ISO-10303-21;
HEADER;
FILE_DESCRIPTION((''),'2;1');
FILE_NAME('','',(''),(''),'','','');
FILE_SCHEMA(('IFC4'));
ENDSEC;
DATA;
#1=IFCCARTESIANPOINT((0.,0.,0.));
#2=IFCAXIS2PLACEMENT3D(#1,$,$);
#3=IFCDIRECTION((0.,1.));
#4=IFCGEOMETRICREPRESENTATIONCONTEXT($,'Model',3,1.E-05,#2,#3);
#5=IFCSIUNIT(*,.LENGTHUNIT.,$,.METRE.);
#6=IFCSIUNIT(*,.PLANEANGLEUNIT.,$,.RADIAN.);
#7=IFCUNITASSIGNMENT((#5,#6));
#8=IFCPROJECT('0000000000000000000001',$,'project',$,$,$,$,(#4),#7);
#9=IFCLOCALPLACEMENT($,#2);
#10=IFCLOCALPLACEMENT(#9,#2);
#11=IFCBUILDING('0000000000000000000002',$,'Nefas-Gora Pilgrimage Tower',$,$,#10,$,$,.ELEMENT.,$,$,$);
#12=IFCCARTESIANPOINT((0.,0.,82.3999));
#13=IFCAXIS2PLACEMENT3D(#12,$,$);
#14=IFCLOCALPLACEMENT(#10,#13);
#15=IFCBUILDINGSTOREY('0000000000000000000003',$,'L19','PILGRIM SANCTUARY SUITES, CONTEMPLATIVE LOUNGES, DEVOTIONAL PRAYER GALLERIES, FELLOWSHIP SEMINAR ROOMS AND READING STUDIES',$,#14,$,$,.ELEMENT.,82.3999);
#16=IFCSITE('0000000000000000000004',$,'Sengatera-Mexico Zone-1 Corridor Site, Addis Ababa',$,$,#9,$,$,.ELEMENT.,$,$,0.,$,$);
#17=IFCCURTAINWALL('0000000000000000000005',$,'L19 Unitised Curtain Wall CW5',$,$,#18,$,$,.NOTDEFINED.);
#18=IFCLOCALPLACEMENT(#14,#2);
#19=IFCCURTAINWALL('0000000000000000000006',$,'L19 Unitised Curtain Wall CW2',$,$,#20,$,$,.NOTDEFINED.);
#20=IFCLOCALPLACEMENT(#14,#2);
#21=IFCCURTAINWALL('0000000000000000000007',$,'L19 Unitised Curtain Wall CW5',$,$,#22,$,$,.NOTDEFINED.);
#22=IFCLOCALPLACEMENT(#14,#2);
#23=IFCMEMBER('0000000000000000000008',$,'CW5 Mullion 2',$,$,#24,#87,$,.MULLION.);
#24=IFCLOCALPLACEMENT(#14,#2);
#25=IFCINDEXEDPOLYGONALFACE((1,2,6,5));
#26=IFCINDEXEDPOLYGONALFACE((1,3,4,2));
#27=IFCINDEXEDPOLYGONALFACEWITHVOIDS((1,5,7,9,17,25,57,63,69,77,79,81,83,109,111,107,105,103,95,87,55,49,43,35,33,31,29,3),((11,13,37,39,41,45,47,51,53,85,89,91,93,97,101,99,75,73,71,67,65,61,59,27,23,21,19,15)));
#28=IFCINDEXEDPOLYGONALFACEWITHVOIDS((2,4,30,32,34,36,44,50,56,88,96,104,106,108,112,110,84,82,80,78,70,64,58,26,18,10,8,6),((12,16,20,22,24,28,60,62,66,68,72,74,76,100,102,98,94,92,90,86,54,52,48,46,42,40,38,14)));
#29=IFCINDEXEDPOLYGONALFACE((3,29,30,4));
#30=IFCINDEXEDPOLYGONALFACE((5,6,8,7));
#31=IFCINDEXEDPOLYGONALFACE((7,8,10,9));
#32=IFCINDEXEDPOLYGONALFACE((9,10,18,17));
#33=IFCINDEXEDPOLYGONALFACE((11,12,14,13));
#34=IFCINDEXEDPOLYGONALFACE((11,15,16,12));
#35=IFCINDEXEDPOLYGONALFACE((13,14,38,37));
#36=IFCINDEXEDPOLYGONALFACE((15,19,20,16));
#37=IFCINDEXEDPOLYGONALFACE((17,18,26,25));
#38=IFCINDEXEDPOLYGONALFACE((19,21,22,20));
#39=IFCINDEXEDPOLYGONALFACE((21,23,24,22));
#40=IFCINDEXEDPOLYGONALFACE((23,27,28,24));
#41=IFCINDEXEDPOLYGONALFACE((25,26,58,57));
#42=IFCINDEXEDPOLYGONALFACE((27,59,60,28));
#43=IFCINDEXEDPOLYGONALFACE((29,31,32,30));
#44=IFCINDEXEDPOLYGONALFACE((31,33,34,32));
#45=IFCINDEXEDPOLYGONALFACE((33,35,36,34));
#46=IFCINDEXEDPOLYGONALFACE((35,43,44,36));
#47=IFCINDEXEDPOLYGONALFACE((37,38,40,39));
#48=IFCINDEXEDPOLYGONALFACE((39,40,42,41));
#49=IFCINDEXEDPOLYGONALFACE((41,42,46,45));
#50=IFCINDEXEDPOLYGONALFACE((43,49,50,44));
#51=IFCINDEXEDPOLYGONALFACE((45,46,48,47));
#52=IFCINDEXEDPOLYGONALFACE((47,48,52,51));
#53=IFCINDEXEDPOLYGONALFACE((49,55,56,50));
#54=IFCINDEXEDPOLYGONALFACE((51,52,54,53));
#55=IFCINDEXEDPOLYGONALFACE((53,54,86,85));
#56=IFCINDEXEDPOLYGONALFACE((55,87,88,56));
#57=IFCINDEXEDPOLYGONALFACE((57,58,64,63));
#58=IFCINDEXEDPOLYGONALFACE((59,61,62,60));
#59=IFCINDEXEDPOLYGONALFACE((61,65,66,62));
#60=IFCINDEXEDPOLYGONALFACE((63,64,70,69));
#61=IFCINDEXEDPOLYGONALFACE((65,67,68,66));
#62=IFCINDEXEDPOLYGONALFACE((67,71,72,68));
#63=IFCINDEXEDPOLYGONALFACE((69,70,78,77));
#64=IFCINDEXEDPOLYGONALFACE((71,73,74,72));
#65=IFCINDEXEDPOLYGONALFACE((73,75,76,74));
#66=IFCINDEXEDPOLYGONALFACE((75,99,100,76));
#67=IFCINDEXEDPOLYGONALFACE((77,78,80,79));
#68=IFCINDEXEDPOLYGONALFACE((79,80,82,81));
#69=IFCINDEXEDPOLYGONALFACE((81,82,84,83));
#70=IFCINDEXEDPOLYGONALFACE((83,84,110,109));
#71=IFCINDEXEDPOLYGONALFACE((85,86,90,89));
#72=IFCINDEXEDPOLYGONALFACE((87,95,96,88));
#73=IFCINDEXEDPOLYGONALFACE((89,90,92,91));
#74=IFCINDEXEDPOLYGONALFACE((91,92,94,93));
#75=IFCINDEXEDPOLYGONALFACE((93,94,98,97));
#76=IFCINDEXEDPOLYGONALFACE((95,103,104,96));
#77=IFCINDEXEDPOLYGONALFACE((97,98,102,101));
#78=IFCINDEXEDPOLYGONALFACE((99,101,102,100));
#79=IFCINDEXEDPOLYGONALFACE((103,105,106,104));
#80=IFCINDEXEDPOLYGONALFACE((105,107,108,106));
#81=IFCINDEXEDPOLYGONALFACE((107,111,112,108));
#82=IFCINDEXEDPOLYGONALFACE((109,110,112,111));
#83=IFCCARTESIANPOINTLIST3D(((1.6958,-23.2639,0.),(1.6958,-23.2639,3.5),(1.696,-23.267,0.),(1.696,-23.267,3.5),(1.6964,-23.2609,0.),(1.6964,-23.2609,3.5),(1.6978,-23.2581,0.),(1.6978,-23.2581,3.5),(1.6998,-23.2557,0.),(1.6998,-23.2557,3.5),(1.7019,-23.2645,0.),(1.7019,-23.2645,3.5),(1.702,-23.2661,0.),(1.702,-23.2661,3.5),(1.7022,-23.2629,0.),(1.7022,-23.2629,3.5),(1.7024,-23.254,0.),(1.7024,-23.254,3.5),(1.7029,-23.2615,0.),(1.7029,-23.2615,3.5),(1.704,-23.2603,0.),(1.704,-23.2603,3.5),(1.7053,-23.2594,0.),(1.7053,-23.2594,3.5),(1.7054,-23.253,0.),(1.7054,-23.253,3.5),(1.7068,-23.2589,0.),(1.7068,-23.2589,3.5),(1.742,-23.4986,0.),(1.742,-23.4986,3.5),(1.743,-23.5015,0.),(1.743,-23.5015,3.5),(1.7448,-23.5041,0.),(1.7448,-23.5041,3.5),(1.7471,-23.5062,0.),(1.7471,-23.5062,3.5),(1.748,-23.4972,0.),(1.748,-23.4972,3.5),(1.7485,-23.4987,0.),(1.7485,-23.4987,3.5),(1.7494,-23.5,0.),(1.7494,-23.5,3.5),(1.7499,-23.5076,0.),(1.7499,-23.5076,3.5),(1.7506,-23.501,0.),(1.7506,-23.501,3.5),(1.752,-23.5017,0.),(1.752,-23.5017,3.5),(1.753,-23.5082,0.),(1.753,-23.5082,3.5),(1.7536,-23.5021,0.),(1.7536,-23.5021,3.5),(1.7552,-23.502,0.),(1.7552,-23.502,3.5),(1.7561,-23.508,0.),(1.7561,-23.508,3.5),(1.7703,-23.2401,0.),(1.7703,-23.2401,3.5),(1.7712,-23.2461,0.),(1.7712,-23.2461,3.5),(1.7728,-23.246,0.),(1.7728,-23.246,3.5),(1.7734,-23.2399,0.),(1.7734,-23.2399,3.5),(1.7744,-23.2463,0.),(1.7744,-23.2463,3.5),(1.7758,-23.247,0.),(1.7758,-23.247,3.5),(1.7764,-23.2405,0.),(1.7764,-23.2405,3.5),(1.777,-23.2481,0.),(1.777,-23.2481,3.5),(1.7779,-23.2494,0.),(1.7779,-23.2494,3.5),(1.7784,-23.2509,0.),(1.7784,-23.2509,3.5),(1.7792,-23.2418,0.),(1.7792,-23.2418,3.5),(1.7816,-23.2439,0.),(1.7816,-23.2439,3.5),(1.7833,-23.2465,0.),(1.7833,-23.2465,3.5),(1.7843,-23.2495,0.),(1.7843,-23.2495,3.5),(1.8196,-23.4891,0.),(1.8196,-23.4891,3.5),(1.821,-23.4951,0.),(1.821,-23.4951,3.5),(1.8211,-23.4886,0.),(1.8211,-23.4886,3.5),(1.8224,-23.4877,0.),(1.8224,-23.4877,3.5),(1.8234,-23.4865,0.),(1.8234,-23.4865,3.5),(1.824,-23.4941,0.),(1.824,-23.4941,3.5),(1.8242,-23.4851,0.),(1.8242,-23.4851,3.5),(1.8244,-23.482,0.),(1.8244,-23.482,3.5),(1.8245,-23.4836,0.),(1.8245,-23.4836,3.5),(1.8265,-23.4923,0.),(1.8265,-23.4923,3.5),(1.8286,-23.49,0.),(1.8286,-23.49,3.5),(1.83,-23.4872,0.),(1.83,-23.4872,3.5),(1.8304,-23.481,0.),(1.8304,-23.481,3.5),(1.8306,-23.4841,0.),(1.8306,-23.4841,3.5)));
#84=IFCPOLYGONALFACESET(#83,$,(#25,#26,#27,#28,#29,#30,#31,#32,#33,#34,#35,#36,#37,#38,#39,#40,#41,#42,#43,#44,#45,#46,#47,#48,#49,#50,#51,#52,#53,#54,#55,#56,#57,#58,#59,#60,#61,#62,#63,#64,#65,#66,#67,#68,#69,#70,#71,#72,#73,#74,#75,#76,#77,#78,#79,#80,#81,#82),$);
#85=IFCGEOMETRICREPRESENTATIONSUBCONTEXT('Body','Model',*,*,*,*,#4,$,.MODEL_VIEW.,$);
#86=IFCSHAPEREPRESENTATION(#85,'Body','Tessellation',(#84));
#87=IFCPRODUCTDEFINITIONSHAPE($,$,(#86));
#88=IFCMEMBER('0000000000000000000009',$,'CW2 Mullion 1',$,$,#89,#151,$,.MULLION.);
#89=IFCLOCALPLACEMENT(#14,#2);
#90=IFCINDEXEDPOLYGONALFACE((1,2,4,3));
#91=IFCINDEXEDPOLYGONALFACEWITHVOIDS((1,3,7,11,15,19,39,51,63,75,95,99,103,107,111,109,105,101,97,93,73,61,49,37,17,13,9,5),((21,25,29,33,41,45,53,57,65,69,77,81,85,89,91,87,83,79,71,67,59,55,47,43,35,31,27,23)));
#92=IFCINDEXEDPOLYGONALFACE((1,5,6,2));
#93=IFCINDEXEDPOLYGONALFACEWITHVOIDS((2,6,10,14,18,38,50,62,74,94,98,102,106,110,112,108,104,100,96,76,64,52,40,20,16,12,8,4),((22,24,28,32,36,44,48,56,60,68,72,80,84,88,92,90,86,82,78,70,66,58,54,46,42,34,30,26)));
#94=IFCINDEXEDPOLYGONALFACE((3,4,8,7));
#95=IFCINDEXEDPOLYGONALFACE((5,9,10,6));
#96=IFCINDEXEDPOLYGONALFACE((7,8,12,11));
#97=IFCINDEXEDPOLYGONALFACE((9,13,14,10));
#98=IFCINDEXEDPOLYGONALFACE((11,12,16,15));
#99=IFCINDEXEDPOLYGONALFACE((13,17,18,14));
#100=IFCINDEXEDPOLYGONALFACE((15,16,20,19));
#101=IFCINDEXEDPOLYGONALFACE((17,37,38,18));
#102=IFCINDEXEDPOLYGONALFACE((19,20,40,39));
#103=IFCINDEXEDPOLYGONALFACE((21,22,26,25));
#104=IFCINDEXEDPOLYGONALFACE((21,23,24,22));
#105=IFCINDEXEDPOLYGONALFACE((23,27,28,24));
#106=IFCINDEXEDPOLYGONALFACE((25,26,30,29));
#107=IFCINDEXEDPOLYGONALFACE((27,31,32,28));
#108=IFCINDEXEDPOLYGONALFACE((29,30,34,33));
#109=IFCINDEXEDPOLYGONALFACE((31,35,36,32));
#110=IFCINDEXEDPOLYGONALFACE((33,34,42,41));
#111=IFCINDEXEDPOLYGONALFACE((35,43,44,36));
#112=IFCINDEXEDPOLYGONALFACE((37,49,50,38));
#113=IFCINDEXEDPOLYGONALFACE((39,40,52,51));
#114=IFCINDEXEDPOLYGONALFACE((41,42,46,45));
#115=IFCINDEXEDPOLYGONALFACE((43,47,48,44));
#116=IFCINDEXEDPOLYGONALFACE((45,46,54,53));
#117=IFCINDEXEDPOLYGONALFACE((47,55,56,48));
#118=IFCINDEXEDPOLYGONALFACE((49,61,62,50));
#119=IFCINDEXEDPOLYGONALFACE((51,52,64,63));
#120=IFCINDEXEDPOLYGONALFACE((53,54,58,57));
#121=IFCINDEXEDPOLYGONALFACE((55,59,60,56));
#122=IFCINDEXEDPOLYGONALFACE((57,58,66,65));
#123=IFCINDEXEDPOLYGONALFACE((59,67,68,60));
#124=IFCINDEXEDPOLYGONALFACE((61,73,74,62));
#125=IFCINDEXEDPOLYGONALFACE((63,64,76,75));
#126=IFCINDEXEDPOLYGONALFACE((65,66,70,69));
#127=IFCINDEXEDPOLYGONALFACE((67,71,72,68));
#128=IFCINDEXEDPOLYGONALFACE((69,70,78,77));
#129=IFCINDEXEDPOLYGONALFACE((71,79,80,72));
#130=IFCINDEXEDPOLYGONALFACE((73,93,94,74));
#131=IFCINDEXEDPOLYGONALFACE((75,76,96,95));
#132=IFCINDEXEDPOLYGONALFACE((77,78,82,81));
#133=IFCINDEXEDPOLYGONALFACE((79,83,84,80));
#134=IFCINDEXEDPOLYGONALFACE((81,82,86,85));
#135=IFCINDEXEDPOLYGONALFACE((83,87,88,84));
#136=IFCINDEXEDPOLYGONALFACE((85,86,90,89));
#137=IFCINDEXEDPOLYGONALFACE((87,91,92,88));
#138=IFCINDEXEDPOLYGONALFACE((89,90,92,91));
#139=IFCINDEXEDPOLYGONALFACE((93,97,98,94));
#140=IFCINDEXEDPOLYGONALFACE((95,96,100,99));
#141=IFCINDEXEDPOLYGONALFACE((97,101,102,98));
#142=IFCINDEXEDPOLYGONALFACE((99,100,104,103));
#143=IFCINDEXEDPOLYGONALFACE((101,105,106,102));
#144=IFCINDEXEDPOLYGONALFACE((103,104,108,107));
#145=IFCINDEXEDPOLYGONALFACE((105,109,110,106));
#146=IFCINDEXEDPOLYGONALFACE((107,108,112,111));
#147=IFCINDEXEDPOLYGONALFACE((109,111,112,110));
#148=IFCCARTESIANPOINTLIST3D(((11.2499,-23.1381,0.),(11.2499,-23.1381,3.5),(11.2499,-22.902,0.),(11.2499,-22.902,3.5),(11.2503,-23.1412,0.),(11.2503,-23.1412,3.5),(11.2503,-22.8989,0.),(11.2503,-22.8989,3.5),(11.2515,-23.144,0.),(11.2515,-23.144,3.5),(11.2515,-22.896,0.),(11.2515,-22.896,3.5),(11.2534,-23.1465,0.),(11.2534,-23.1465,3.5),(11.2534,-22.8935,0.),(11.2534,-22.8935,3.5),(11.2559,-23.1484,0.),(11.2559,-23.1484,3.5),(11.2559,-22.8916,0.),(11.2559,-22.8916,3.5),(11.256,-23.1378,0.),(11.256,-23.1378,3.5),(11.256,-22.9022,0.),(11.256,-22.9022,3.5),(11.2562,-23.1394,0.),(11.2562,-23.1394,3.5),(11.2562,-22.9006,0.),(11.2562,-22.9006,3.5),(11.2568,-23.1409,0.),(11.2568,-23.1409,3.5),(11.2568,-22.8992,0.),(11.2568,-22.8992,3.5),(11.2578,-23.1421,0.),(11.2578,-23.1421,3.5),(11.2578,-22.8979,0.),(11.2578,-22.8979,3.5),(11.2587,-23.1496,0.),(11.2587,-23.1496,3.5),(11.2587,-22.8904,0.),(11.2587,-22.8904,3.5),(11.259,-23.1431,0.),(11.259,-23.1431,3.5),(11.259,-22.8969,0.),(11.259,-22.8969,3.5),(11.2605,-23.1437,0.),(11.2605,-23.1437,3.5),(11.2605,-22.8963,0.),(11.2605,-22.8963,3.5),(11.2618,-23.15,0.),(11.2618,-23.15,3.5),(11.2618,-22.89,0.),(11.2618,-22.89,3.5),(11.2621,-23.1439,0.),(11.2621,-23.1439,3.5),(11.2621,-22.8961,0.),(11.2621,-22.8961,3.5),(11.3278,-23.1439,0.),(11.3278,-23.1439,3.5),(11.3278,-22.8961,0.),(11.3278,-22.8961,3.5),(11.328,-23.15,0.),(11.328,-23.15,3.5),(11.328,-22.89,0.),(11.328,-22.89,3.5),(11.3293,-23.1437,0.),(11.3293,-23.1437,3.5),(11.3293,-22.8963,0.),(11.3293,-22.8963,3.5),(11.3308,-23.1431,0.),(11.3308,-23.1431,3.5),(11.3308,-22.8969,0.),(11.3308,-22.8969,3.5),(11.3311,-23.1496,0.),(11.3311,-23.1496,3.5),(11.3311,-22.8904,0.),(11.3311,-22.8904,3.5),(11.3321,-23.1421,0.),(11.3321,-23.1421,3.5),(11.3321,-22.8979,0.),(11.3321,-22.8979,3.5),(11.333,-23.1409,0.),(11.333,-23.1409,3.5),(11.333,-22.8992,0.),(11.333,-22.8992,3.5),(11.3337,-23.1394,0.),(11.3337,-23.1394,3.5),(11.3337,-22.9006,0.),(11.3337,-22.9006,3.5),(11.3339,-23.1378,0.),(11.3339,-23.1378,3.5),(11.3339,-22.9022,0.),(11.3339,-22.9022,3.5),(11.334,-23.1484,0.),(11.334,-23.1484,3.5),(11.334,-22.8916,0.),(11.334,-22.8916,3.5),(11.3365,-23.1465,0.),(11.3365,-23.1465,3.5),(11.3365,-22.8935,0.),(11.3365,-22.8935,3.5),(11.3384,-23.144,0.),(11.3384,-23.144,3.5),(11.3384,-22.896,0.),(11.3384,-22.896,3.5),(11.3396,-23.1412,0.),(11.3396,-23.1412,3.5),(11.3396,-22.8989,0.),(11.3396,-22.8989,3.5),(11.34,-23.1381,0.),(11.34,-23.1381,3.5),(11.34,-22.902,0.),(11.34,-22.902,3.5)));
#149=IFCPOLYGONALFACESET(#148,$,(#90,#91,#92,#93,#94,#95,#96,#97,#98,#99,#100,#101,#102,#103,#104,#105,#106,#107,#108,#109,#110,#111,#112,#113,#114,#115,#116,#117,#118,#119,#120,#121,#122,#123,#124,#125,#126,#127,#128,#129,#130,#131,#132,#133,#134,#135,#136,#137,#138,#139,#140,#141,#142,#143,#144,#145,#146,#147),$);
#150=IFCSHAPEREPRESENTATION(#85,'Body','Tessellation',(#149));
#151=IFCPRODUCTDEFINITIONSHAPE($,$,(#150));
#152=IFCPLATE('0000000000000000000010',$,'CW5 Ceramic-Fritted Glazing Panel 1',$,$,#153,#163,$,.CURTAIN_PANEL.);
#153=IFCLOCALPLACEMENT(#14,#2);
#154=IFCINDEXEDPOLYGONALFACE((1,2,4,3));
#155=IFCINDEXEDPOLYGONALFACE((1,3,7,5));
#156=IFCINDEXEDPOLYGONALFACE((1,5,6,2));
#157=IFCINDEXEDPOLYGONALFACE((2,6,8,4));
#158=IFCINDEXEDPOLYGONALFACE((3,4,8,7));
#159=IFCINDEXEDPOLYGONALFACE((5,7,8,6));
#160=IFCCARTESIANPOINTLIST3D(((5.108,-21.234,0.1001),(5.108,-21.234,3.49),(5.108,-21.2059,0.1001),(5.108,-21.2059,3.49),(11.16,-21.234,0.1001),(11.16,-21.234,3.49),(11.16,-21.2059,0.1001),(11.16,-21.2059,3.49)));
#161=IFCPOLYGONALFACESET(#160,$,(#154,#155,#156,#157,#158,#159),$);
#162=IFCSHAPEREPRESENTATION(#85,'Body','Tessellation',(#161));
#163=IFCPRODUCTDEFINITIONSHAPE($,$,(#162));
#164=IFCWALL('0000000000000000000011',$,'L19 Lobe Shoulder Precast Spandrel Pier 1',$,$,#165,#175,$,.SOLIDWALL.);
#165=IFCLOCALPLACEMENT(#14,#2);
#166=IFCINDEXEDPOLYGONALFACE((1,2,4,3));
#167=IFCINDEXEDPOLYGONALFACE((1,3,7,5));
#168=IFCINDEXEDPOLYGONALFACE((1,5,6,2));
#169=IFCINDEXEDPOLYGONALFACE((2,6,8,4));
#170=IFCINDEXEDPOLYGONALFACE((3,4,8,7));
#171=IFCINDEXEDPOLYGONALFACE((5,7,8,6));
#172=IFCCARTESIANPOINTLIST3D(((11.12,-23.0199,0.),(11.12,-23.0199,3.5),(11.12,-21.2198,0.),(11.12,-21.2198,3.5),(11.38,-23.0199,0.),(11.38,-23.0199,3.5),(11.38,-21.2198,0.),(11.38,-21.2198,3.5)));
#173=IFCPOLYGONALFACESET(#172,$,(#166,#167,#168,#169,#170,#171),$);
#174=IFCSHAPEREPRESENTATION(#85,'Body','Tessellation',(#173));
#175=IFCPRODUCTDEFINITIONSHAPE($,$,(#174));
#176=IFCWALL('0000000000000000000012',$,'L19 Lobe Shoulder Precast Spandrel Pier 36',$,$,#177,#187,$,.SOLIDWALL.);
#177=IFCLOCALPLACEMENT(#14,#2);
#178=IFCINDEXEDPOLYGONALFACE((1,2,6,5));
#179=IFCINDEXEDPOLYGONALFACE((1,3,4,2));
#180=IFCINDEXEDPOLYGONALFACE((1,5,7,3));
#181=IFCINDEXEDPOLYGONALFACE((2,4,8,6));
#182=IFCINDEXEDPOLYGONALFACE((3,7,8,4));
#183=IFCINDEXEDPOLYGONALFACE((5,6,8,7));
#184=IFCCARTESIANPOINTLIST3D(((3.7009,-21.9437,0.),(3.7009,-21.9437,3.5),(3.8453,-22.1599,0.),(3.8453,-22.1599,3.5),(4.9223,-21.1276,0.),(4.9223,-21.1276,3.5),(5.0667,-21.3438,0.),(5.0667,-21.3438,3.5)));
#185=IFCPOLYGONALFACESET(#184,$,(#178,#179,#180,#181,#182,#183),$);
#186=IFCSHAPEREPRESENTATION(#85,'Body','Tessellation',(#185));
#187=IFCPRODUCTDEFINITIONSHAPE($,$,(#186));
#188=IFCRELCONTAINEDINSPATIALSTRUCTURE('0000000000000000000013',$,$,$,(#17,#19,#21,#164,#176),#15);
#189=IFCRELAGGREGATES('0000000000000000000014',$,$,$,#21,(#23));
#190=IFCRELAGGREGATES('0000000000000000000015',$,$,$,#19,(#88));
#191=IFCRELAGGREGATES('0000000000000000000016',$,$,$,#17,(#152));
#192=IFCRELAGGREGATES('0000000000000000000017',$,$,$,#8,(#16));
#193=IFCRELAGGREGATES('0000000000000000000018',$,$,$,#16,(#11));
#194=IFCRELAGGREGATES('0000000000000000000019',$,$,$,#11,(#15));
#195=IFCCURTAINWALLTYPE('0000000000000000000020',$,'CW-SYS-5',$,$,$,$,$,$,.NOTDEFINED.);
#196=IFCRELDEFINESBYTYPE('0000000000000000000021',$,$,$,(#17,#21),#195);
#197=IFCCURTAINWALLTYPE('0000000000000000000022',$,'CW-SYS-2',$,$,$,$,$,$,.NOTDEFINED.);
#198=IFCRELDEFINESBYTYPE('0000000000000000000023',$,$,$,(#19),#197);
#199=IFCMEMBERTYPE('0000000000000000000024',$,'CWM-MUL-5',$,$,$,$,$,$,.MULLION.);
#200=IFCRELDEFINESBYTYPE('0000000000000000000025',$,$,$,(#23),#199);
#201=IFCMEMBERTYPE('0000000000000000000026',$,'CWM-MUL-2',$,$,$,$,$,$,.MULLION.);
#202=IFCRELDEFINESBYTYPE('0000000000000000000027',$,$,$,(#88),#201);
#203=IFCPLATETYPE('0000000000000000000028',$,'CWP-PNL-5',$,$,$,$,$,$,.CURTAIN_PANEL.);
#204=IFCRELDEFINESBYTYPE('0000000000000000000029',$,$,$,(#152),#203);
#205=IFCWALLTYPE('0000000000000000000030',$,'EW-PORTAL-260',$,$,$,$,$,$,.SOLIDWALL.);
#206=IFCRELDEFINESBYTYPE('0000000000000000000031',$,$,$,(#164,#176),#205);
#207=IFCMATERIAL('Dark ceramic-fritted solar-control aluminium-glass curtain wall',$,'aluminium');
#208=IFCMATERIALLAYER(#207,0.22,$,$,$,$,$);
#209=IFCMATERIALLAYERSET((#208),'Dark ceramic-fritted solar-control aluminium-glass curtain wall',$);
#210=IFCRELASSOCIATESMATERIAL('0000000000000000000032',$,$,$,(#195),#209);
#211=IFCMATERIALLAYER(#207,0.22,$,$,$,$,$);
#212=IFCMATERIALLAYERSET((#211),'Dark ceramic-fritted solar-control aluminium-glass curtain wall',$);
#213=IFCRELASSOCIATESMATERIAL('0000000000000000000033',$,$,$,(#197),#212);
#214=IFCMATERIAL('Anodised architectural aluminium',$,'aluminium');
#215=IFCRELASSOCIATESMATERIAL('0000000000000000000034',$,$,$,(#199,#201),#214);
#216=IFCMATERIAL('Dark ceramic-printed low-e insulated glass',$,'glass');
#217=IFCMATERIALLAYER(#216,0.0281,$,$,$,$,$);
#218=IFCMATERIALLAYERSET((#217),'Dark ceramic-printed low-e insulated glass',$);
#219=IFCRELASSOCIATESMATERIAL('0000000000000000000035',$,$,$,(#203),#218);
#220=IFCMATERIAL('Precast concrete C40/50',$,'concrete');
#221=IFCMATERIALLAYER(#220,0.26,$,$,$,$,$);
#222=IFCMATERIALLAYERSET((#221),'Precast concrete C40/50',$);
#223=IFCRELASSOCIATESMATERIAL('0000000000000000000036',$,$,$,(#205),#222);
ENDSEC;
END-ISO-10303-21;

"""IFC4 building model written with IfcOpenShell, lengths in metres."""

from ifc_helpers import new_model, si_unit, direction, frame, frame_2d, origin, origin_2d, place, context, subcontext, project, spatial, rectangle, hollow_rectangle, extrude, source, transform, mapped, material, layer, layer_set, material_profile, profile_set, type_object, element, aggregate, save


model = new_model("IFC4")

# Units and contexts
model_context = context("Model", 3, precision=1e-05, world=origin(), true_north=direction((0.0, 1.0)))
body_context = subcontext(model_context, "Body", "Model", "MODEL_VIEW")
ifc_project = project(units=[si_unit("LENGTHUNIT", "METRE"), si_unit("PLANEANGLEUNIT", "RADIAN")], contexts=[model_context])

# Site, building, storey
site_placement = place(None, origin())
site = spatial("IfcSite", under=ifc_project, at=site_placement, Name="Sengatera-Mexico Zone-1 Corridor Site, Addis Ababa", CompositionType="ELEMENT", RefElevation=0.0)
building_placement = place(site_placement, origin())
building = spatial("IfcBuilding", under=site, at=building_placement, Name="Nefas-Gora Pilgrimage Tower", CompositionType="ELEMENT")
storey_placement = place(building_placement, frame((0.0, 0.0, 82.3999)))
storey = spatial("IfcBuildingStorey", under=building, at=storey_placement, Name="L19", Description="PILGRIM SANCTUARY SUITES, CONTEMPLATIVE LOUNGES, DEVOTIONAL PRAYER GALLERIES, FELLOWSHIP SEMINAR ROOMS AND READING STUDIES", CompositionType="ELEMENT", Elevation=82.3999)

# Curtain walls
ifc_material_1 = material(Name="Dark ceramic-fritted solar-control aluminium-glass curtain wall", Category="aluminium")
ifc_layer_1 = layer(ifc_material_1, 0.22)
ifc_layer_set_1 = layer_set([ifc_layer_1], Name="Dark ceramic-fritted solar-control aluminium-glass curtain wall")
curtain_wall_type_1 = type_object("IfcCurtainWallType", Name="CW-SYS-5", PredefinedType="NOTDEFINED", material=ifc_layer_set_1)
curtain_wall_1_placement = place(storey_placement, origin())
curtain_wall_1 = element("IfcCurtainWall", 1, at=curtain_wall_1_placement, inside=storey, type_object=curtain_wall_type_1, Name="L19 Unitised Curtain Wall CW5", PredefinedType="NOTDEFINED")
ifc_material_2 = material(Name="Anodised architectural aluminium", Category="aluminium")
ifc_layer_2 = layer(ifc_material_1, 0.22)
ifc_layer_set_2 = layer_set([ifc_layer_2], Name="Dark ceramic-fritted solar-control aluminium-glass curtain wall")
curtain_wall_type_2 = type_object("IfcCurtainWallType", Name="CW-SYS-2", PredefinedType="NOTDEFINED", material=ifc_layer_set_2)
curtain_wall_2_placement = place(storey_placement, origin())
curtain_wall_2 = element("IfcCurtainWall", 2, at=curtain_wall_2_placement, inside=storey, type_object=curtain_wall_type_2, Name="L19 Unitised Curtain Wall CW2", PredefinedType="NOTDEFINED")

# Shared definitions
ifc_material_profile_1 = material_profile(ifc_material_2, hollow_rectangle(XDim=0.0901, YDim=0.26, WallThickness=0.0061, InnerFilletRadius=0.0061, OuterFilletRadius=0.012, at=origin_2d()), Name="ALU MULLION 90x260")
ifc_profile_set_1 = profile_set([ifc_material_profile_1], Name="Anodised architectural aluminium")
member_type_1 = type_object("IfcMemberType", Name="CWM-MUL-5", PredefinedType="MULLION", material=ifc_profile_set_1)
shared_shape_1 = source(origin(), body_context, "Body", "SweptSolid", [
    extrude(hollow_rectangle(XDim=0.0901, YDim=0.26, WallThickness=0.0061, InnerFilletRadius=0.0061, OuterFilletRadius=0.012, at=origin_2d()), origin(), (0.0, 0.0, 1.0), 3.5),
])

# Curtain wall, member
curtain_wall_3_placement = place(storey_placement, origin())
curtain_wall_3 = element("IfcCurtainWall", 3, at=curtain_wall_3_placement, inside=storey, type_object=curtain_wall_type_1, Name="L19 Unitised Curtain Wall CW5", PredefinedType="NOTDEFINED")
member_1_placement = place(storey_placement, frame((1.7632, -23.374, 0.0), z_axis=(0.0, 0.0, 1.0), x_axis=(0.980783, 0.195102, 0.0)))
member_1 = element("IfcMember", 4, at=member_1_placement, type_object=member_type_1, Name="CW5 Mullion 2", PredefinedType="MULLION", context=body_context, shape_type="MappedRepresentation", body=[
    mapped(shared_shape_1, transform((0.0, 0.0, 0.0), x_axis=(1.0, 0.0, 0.0), y_axis=(0.0, 1.0, 0.0), z_axis=(0.0, 0.0, 1.0), scale=1.0)),
])
aggregate(curtain_wall_3, [member_1])

# Member
ifc_material_profile_2 = material_profile(ifc_material_2, hollow_rectangle(XDim=0.0901, YDim=0.26, WallThickness=0.0061, InnerFilletRadius=0.0061, OuterFilletRadius=0.012, at=origin_2d()), Name="ALU MULLION 90x260")
ifc_profile_set_2 = profile_set([ifc_material_profile_2], Name="Anodised architectural aluminium")
member_type_2 = type_object("IfcMemberType", Name="CWM-MUL-2", PredefinedType="MULLION", material=ifc_profile_set_2)
shared_shape_2 = source(origin(), body_context, "Body", "SweptSolid", [
    extrude(hollow_rectangle(XDim=0.0901, YDim=0.26, WallThickness=0.0061, InnerFilletRadius=0.0061, OuterFilletRadius=0.012, at=origin_2d()), origin(), (0.0, 0.0, 1.0), 3.5),
])
member_2_placement = place(storey_placement, frame((11.2949, -23.02, 0.0), z_axis=(0.0, 0.0, 1.0), x_axis=(1.0, 0.0, 0.0)))
member_2 = element("IfcMember", 5, at=member_2_placement, type_object=member_type_2, Name="CW2 Mullion 1", PredefinedType="MULLION", context=body_context, shape_type="MappedRepresentation", body=[
    mapped(shared_shape_2, transform((0.0, 0.0, 0.0), x_axis=(1.0, 0.0, 0.0), y_axis=(0.0, 1.0, 0.0), z_axis=(0.0, 0.0, 1.0), scale=1.0)),
])
aggregate(curtain_wall_2, [member_2])

# Plate
ifc_material_3 = material(Name="Dark ceramic-printed low-e insulated glass", Category="glass")
ifc_layer_3 = layer(ifc_material_3, 0.0281)
ifc_layer_set_3 = layer_set([ifc_layer_3], Name="Dark ceramic-printed low-e insulated glass")
plate_type = type_object("IfcPlateType", Name="CWP-PNL-5", PredefinedType="CURTAIN_PANEL", material=ifc_layer_set_3)
shared_shape_3 = source(origin(), body_context, "Body", "SweptSolid", [
    extrude(rectangle(XDim=6.052, YDim=0.0281, at=origin_2d()), origin(), (0.0, 0.0, 1.0), 3.3899),
])
plate_placement = place(storey_placement, frame((8.134, -21.22, 0.1001), z_axis=(0.0, 0.0, 1.0), x_axis=(1.0, 0.0, 0.0)))
plate = element("IfcPlate", 6, at=plate_placement, type_object=plate_type, Name="CW5 Ceramic-Fritted Glazing Panel 1", PredefinedType="CURTAIN_PANEL", context=body_context, shape_type="MappedRepresentation", body=[
    mapped(shared_shape_3, transform((0.0, 0.0, 0.0), x_axis=(1.0, 0.0, 0.0), y_axis=(0.0, 1.0, 0.0), z_axis=(0.0, 0.0, 1.0), scale=1.0)),
])
aggregate(curtain_wall_1, [plate])

# Walls
ifc_material_4 = material(Name="Precast concrete C40/50", Category="concrete")
ifc_layer_4 = layer(ifc_material_4, 0.26)
ifc_layer_set_4 = layer_set([ifc_layer_4], Name="Precast concrete C40/50")
wall_type_1 = type_object("IfcWallType", Name="EW-PORTAL-260", PredefinedType="SOLIDWALL", material=ifc_layer_set_4)
shared_shape_4 = source(origin(), body_context, "Body", "SweptSolid", [
    extrude(rectangle(XDim=1.8, YDim=0.26, at=frame_2d((0.8999, 0.0))), origin(), (0.0, 0.0, 1.0), 3.5),
])
wall_1_placement = place(storey_placement, frame((11.25, -21.22, 0.0), z_axis=(0.0, 0.0, 1.0), x_axis=(0.0, -1.0, 0.0)))
element("IfcWall", 7, at=wall_1_placement, inside=storey, type_object=wall_type_1, Name="L19 Lobe Shoulder Precast Spandrel Pier 1", PredefinedType="SOLIDWALL", context=body_context, shape_type="MappedRepresentation", body=[
    mapped(shared_shape_4, transform((0.0, 0.0, 0.0), x_axis=(1.0, 0.0, 0.0), y_axis=(0.0, 1.0, 0.0), z_axis=(0.0, 0.0, 1.0), scale=1.0)),
])
shared_shape_5 = source(origin(), body_context, "Body", "SweptSolid", [
    extrude(rectangle(XDim=1.469, YDim=0.26, at=frame_2d((0.7344, 0.0))), origin(), (0.0, 0.0, 1.0), 3.5),
])
wall_2_placement = place(storey_placement, frame((3.7732, -22.0518, 0.0), z_axis=(0.0, 0.0, 1.0), x_axis=(0.831462, 0.555582, 0.0)))
element("IfcWall", 8, at=wall_2_placement, inside=storey, type_object=wall_type_1, Name="L19 Lobe Shoulder Precast Spandrel Pier 36", PredefinedType="SOLIDWALL", context=body_context, shape_type="MappedRepresentation", body=[
    mapped(shared_shape_5, transform((0.0, 0.0, 0.0), x_axis=(1.0, 0.0, 0.0), y_axis=(0.0, 1.0, 0.0), z_axis=(0.0, 0.0, 1.0), scale=1.0)),
])

save(model, "model.ifc")
